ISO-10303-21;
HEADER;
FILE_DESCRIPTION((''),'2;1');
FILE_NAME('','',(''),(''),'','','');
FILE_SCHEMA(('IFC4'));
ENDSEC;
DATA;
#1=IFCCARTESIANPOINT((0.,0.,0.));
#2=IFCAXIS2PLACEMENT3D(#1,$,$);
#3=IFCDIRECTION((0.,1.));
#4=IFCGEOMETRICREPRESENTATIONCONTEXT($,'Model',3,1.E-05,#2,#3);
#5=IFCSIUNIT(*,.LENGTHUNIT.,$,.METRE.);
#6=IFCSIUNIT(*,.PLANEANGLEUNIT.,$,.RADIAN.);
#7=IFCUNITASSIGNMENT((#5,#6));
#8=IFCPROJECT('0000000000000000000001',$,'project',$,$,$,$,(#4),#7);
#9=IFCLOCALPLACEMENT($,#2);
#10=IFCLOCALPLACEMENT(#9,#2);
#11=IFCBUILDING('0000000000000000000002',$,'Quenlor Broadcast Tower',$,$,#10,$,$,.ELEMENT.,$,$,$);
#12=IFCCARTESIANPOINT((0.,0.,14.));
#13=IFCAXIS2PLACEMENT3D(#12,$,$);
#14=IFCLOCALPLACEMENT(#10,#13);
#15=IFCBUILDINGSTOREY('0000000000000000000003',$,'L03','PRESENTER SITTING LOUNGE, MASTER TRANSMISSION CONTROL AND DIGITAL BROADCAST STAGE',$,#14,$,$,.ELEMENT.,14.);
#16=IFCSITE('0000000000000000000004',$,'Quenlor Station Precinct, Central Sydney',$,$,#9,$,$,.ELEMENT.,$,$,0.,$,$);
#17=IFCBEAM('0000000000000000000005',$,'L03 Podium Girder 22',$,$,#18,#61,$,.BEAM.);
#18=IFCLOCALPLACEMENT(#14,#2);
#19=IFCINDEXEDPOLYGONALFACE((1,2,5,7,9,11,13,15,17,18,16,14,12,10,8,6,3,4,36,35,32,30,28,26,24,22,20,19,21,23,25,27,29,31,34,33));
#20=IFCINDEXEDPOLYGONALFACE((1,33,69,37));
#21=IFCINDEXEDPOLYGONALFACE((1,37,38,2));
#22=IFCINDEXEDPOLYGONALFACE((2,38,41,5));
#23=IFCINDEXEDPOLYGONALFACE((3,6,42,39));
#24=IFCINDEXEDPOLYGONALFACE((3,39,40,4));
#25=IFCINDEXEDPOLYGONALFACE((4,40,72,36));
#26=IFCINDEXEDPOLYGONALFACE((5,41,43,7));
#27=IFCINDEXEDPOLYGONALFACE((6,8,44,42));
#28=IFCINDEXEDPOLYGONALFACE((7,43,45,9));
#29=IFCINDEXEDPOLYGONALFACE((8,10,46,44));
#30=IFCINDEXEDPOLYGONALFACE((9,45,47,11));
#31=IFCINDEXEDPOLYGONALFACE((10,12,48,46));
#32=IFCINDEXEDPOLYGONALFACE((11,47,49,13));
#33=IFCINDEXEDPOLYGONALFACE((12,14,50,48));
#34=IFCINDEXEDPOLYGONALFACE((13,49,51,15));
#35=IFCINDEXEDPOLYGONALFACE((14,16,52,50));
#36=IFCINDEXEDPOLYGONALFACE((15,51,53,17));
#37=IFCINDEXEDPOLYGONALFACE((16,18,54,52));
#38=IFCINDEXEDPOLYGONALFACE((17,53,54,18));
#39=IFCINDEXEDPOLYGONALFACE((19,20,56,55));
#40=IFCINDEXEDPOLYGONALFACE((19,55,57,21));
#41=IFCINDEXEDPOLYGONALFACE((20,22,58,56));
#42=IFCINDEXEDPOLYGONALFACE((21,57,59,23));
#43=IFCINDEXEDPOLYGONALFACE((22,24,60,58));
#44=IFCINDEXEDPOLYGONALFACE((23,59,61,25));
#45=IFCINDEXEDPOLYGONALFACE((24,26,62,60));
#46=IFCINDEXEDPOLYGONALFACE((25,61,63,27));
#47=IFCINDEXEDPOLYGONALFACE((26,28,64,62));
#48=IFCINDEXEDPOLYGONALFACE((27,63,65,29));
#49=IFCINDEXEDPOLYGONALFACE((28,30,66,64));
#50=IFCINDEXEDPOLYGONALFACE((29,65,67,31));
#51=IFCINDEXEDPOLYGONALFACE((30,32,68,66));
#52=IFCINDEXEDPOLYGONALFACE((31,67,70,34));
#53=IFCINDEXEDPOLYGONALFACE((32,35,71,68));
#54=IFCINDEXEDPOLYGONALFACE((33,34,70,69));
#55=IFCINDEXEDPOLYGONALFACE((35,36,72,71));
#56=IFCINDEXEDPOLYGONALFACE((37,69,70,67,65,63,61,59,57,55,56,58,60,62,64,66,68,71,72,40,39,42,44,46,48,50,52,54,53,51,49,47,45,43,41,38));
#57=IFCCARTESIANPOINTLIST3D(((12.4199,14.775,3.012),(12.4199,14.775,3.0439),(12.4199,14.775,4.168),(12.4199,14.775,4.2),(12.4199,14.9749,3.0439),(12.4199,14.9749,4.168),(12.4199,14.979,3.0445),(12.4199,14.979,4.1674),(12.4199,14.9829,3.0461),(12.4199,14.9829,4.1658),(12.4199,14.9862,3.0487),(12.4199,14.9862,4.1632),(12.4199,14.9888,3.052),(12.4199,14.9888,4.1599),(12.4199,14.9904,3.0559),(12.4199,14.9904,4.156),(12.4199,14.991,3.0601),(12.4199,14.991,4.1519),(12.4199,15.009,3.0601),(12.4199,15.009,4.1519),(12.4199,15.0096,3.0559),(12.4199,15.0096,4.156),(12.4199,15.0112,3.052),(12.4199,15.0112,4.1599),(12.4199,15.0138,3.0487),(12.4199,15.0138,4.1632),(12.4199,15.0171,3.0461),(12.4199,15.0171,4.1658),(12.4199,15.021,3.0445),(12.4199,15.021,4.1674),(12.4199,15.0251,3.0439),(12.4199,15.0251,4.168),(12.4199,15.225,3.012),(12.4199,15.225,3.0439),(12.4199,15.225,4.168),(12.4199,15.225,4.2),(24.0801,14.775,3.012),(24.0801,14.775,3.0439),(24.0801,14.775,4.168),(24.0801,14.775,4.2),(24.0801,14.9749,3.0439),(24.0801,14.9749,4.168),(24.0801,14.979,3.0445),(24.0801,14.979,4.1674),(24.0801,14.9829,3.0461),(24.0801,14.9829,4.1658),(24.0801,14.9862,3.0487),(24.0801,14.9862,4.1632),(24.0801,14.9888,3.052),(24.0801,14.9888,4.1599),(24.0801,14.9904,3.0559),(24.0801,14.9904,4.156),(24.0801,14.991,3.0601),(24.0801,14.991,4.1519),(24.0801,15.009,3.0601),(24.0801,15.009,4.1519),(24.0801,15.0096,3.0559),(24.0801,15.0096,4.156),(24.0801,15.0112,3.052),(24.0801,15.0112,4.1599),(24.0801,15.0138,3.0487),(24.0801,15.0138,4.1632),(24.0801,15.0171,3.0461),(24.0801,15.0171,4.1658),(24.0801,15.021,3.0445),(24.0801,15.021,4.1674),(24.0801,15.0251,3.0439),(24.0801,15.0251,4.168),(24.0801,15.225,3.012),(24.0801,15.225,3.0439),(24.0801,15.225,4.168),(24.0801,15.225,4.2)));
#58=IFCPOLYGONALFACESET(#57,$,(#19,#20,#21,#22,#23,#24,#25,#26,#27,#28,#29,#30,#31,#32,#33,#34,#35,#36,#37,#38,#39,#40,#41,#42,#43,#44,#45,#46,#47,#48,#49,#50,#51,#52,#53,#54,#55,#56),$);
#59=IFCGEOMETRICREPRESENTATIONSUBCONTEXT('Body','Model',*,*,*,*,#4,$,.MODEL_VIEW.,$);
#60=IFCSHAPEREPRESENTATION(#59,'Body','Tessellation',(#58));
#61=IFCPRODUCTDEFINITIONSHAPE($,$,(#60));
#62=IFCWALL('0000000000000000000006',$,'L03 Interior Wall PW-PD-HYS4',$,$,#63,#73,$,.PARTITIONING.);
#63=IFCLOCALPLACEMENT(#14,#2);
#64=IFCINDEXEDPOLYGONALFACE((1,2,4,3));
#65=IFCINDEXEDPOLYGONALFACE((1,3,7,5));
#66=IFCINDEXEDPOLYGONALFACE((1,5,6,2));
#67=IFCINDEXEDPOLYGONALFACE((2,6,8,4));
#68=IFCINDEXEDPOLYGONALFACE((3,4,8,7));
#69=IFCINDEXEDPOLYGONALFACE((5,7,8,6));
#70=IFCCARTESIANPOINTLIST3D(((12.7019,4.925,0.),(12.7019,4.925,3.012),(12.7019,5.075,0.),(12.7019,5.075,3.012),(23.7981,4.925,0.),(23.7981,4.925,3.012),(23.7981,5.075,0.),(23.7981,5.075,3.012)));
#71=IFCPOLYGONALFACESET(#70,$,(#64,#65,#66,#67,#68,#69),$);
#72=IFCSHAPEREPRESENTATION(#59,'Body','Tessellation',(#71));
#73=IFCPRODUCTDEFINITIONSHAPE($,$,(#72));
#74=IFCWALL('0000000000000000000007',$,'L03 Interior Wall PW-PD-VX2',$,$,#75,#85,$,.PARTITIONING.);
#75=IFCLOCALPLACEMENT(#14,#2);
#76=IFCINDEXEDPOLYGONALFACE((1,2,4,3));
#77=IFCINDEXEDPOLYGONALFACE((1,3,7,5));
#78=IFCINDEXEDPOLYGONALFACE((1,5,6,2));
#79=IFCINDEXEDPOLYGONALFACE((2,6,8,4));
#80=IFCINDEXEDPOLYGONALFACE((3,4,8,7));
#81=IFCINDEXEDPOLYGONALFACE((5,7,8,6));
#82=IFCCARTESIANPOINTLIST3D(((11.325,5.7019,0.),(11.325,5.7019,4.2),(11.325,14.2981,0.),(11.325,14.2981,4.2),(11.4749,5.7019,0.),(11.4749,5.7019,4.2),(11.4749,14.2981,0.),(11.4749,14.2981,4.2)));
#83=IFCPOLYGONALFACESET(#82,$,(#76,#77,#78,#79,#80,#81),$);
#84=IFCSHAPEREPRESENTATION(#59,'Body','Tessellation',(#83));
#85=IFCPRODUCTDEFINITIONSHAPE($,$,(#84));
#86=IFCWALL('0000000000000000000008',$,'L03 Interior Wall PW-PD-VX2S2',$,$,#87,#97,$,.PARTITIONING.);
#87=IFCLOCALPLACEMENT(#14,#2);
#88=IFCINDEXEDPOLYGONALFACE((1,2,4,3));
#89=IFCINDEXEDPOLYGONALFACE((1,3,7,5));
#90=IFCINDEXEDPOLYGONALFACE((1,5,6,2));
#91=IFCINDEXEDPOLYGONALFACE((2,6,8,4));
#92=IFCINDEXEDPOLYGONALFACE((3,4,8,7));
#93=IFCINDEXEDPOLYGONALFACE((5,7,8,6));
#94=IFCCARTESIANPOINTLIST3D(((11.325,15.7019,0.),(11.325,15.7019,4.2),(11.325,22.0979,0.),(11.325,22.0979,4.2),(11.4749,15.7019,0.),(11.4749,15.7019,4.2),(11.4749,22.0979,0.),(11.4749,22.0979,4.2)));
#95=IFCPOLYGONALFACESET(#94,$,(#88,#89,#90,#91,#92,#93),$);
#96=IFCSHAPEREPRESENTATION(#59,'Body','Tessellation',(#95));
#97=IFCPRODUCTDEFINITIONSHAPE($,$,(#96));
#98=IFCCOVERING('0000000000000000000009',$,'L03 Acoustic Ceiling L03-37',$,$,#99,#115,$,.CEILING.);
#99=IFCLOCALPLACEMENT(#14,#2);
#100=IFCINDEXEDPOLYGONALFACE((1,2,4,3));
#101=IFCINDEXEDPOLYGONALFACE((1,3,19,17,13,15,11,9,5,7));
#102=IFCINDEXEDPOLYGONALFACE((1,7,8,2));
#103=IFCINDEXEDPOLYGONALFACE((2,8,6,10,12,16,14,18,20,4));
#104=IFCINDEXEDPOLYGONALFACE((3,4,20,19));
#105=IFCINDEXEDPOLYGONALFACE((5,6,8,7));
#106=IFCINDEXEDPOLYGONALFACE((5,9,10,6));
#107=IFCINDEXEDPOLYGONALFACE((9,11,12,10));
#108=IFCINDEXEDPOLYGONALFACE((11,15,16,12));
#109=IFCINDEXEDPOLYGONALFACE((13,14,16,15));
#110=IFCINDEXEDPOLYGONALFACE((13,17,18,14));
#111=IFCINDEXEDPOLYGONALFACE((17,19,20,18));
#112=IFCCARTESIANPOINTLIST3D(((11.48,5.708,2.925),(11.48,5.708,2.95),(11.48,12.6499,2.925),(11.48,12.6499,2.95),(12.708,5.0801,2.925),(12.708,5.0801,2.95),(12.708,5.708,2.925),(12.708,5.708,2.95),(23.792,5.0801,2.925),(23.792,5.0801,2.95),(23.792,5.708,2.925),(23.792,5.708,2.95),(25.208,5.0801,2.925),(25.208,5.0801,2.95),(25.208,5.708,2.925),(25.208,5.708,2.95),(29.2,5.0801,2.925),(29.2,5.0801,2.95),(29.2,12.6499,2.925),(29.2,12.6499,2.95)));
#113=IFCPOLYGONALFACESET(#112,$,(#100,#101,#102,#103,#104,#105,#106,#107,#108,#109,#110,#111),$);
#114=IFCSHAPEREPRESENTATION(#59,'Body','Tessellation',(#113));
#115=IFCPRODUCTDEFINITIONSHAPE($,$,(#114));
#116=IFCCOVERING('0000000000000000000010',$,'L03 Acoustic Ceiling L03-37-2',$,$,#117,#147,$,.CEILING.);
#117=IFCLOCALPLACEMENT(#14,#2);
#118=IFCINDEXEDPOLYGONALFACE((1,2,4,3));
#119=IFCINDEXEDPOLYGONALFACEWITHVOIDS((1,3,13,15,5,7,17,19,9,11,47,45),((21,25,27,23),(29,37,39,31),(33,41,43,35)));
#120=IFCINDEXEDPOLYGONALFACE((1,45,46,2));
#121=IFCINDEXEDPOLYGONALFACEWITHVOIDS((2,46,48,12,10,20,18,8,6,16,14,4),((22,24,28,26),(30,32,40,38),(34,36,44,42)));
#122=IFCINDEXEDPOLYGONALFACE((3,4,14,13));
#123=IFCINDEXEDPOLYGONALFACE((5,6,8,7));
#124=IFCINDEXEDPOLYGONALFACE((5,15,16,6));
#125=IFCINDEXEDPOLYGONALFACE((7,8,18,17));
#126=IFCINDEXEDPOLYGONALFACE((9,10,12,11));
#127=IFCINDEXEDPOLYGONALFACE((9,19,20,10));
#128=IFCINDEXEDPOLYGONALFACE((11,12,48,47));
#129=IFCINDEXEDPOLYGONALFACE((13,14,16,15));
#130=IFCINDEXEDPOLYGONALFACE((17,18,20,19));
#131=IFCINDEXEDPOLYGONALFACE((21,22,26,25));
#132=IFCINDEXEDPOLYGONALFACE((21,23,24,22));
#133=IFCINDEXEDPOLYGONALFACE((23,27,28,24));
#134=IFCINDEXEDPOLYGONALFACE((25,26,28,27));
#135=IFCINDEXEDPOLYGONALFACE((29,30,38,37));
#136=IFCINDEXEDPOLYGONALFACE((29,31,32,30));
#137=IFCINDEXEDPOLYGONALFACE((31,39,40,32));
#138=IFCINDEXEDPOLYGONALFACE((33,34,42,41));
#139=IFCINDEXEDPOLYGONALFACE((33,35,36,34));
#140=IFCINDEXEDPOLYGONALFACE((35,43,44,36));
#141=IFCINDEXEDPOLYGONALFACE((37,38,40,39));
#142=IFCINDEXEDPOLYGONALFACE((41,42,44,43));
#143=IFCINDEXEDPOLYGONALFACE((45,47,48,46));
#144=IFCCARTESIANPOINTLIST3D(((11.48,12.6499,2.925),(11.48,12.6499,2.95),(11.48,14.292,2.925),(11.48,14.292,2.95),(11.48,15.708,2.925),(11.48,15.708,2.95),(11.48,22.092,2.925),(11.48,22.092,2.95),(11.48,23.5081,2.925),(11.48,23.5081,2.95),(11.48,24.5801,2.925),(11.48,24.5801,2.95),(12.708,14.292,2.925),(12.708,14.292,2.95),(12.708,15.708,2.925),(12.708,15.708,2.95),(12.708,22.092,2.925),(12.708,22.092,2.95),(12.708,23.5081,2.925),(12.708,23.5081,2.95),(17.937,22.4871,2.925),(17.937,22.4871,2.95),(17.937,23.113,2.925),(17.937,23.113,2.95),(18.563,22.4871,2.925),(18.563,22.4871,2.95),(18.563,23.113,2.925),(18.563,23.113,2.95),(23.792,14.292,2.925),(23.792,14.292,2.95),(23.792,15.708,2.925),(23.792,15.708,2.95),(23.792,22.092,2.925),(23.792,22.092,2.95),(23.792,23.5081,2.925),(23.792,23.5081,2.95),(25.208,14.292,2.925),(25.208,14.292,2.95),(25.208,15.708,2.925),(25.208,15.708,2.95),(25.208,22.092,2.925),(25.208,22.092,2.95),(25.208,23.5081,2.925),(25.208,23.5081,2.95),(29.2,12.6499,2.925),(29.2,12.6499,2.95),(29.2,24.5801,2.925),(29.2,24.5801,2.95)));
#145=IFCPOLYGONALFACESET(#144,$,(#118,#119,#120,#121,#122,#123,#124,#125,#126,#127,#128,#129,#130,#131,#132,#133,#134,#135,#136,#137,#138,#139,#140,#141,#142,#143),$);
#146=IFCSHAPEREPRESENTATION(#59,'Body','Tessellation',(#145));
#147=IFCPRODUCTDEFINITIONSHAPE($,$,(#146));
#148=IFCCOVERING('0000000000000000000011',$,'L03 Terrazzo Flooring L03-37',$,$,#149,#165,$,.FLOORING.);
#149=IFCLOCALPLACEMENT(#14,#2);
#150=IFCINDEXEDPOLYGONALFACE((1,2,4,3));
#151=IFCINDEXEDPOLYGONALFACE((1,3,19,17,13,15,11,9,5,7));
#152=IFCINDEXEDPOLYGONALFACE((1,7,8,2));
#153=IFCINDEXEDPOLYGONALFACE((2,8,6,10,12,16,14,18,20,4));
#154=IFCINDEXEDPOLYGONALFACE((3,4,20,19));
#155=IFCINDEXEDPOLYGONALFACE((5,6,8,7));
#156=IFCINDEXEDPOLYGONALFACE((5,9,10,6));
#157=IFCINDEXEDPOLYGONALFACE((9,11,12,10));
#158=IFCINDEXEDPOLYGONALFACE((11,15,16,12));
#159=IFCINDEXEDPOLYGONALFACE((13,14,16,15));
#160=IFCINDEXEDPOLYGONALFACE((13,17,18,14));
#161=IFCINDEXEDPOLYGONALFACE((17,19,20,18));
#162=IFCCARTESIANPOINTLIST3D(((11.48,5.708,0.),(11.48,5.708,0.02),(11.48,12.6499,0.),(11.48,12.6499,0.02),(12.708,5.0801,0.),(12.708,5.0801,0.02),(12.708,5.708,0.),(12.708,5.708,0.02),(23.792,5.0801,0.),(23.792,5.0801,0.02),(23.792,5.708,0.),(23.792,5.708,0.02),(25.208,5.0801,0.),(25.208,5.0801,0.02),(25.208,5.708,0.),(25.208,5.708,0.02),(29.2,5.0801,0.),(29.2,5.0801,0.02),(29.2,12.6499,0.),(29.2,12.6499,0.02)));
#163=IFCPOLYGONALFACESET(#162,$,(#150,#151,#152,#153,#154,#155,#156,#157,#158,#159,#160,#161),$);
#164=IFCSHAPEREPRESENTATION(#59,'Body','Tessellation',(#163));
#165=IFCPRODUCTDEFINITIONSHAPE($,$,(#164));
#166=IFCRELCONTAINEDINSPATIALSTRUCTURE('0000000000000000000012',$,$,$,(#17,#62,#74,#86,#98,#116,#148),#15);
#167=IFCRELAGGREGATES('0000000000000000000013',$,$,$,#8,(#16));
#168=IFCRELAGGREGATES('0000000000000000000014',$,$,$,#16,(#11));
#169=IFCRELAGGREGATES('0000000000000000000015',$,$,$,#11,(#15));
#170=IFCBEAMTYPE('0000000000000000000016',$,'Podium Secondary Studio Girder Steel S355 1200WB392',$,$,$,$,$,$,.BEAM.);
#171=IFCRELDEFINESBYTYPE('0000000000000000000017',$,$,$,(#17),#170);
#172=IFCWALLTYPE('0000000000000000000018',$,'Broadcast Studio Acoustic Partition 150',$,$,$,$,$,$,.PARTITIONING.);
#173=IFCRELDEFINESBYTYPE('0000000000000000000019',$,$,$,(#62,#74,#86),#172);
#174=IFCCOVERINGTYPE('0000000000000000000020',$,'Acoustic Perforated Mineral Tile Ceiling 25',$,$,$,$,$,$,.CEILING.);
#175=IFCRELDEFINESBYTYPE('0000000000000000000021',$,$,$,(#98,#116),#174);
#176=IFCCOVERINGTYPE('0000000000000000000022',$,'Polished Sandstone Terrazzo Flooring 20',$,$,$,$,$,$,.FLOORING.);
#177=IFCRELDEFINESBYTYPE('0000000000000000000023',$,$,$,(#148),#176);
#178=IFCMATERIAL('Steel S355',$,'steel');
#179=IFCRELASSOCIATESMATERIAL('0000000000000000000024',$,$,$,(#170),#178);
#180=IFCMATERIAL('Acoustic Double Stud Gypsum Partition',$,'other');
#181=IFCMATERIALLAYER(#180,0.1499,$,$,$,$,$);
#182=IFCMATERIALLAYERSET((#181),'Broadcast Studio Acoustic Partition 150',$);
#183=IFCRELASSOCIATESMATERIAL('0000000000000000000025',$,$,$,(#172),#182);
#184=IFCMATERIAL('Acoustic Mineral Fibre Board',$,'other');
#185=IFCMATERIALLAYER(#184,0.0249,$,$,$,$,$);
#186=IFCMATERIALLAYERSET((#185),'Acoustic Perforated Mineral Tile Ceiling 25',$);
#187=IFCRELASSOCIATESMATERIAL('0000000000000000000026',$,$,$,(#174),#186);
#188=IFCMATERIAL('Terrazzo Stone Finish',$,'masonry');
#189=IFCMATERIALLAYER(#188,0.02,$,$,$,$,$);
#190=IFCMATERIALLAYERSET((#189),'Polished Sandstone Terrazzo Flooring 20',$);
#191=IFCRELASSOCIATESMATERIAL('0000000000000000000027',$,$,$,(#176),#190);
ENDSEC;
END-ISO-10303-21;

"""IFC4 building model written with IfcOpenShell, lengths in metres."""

from ifc_helpers import new_model, si_unit, direction, frame, frame_2d, origin, origin_2d, place, context, subcontext, project, spatial, polyline, rectangle, i_section, outline, extrude, material, layer, layer_set, material_profile, profile_set, type_object, element, save


model = new_model("IFC4")

# Units and contexts
model_context = context("Model", 3, precision=1e-05, world=origin(), true_north=direction((0.0, 1.0)))
body_context = subcontext(model_context, "Body", "Model", "MODEL_VIEW")
ifc_project = project(units=[si_unit("LENGTHUNIT", "METRE"), si_unit("PLANEANGLEUNIT", "RADIAN")], contexts=[model_context])

# Site, building, storey
site_placement = place(None, origin())
site = spatial("IfcSite", under=ifc_project, at=site_placement, Name="Quenlor Station Precinct, Central Sydney", CompositionType="ELEMENT", RefElevation=0.0)
building_placement = place(site_placement, origin())
building = spatial("IfcBuilding", under=site, at=building_placement, Name="Quenlor Broadcast Tower", CompositionType="ELEMENT")
storey_placement = place(building_placement, frame((0.0, 0.0, 14.0)))
storey = spatial("IfcBuildingStorey", under=building, at=storey_placement, Name="L03", Description="PRESENTER SITTING LOUNGE, MASTER TRANSMISSION CONTROL AND DIGITAL BROADCAST STAGE", CompositionType="ELEMENT", Elevation=14.0)

# Beam
ifc_material_1 = material(Name="Steel S355", Category="steel")
ifc_material_profile_1 = material_profile(ifc_material_1, i_section(OverallWidth=0.45, OverallDepth=1.188, WebThickness=0.0181, FlangeThickness=0.032, FilletRadius=0.0161, at=origin_2d()))
ifc_profile_set_1 = profile_set([ifc_material_profile_1], Name="Steel S355 1200WB392")
beam_type_1 = type_object("IfcBeamType", Name="Podium Secondary Studio Girder Steel S355 1200WB392", PredefinedType="BEAM", material=ifc_profile_set_1)
for number, where, z_axis, x_axis, name in (
    (1, (12.4199, 15.0, 3.606), (1.0, 0.0, 0.0), (0.0, 1.0, 0.0), "L03 Podium Girder 22"),
):
    element("IfcBeam", number, at=place(storey_placement, frame(where, z_axis=z_axis, x_axis=x_axis)), inside=storey, type_object=beam_type_1, Name=name, PredefinedType="BEAM", context=body_context, shape_type="SweptSolid", body=[
        extrude(i_section(OverallWidth=0.45, OverallDepth=1.188, WebThickness=0.0181, FlangeThickness=0.032, FilletRadius=0.0161, at=origin_2d()), origin(), (0.0, 0.0, 1.0), 11.6602),
    ])

# Walls
ifc_material_2 = material(Name="Acoustic Double Stud Gypsum Partition", Category="other")
ifc_layer_1 = layer(ifc_material_2, 0.1499)
ifc_layer_set_1 = layer_set([ifc_layer_1], Name="Broadcast Studio Acoustic Partition 150")
wall_type = type_object("IfcWallType", Name="Broadcast Studio Acoustic Partition 150", PredefinedType="PARTITIONING", material=ifc_layer_set_1)
wall_1_placement = place(storey_placement, frame((12.7019, 5.0, 0.0), z_axis=(0.0, 0.0, 1.0), x_axis=(1.0, 0.0, 0.0)))
element("IfcWall", 2, at=wall_1_placement, inside=storey, type_object=wall_type, Name="L03 Interior Wall PW-PD-HYS4", PredefinedType="PARTITIONING", context=body_context, shape_type="SweptSolid", body=[
    extrude(rectangle(XDim=11.0962, YDim=0.1499, at=frame_2d((5.5481, 0.0))), origin(), (0.0, 0.0, 1.0), 3.012),
])
wall_2_placement = place(storey_placement, frame((11.3999, 5.7019, 0.0), z_axis=(0.0, 0.0, 1.0), x_axis=(0.0, 1.0, 0.0)))
element("IfcWall", 3, at=wall_2_placement, inside=storey, type_object=wall_type, Name="L03 Interior Wall PW-PD-VX2", PredefinedType="PARTITIONING", context=body_context, shape_type="SweptSolid", body=[
    extrude(rectangle(XDim=8.5962, YDim=0.1499, at=frame_2d((4.2981, 0.0))), origin(), (0.0, 0.0, 1.0), 4.2),
])
wall_3_placement = place(storey_placement, frame((11.3999, 15.7019, 0.0), z_axis=(0.0, 0.0, 1.0), x_axis=(0.0, 1.0, 0.0)))
element("IfcWall", 4, at=wall_3_placement, inside=storey, type_object=wall_type, Name="L03 Interior Wall PW-PD-VX2S2", PredefinedType="PARTITIONING", context=body_context, shape_type="SweptSolid", body=[
    extrude(rectangle(XDim=6.396, YDim=0.1499, at=frame_2d((3.198, 0.0))), origin(), (0.0, 0.0, 1.0), 4.2),
])

# Coverings
ifc_material_3 = material(Name="Acoustic Mineral Fibre Board", Category="other")
ifc_layer_2 = layer(ifc_material_3, 0.0249)
ifc_layer_set_2 = layer_set([ifc_layer_2], Name="Acoustic Perforated Mineral Tile Ceiling 25")
covering_type_1 = type_object("IfcCoveringType", Name="Acoustic Perforated Mineral Tile Ceiling 25", PredefinedType="CEILING", material=ifc_layer_set_2)
covering_1_placement = place(storey_placement, frame((0.0, 0.0, 2.925)))
element("IfcCovering", 5, at=covering_1_placement, inside=storey, type_object=covering_type_1, Name="L03 Acoustic Ceiling L03-37", PredefinedType="CEILING", context=body_context, shape_type="SweptSolid", body=[
    extrude(outline(polyline([(23.792, 5.708), (23.792, 5.0801), (12.708, 5.0801), (12.708, 5.708), (11.48, 5.708), (11.48, 12.6499), (29.2, 12.6499), (29.2, 5.0801), (25.208, 5.0801), (25.208, 5.708), (23.792, 5.708)])), origin(), (0.0, 0.0, 1.0), 0.0249),
])
covering_2_placement = place(storey_placement, frame((0.0, 0.0, 2.925)))
element("IfcCovering", 6, at=covering_2_placement, inside=storey, type_object=covering_type_1, Name="L03 Acoustic Ceiling L03-37-2", PredefinedType="CEILING", context=body_context, shape_type="SweptSolid", body=[
    extrude(outline(polyline([(11.48, 14.292), (12.708, 14.292), (12.708, 15.708), (11.48, 15.708), (11.48, 22.092), (12.708, 22.092), (12.708, 23.5081), (11.48, 23.5081), (11.48, 24.5801), (29.2, 24.5801), (29.2, 12.6499), (11.48, 12.6499), (11.48, 14.292)]), holes=[polyline([(25.208, 14.292), (25.208, 15.708), (23.792, 15.708), (23.792, 14.292), (25.208, 14.292)]), polyline([(25.208, 22.092), (25.208, 23.5081), (23.792, 23.5081), (23.792, 22.092), (25.208, 22.092)]), polyline([(18.563, 22.4871), (18.563, 23.113), (17.937, 23.113), (17.937, 22.4871), (18.563, 22.4871)])]), origin(), (0.0, 0.0, 1.0), 0.0249),
])
ifc_material_4 = material(Name="Terrazzo Stone Finish", Category="masonry")
ifc_layer_3 = layer(ifc_material_4, 0.02)
ifc_layer_set_3 = layer_set([ifc_layer_3], Name="Polished Sandstone Terrazzo Flooring 20")
covering_type_2 = type_object("IfcCoveringType", Name="Polished Sandstone Terrazzo Flooring 20", PredefinedType="FLOORING", material=ifc_layer_set_3)
covering_3_placement = place(storey_placement, origin())
element("IfcCovering", 7, at=covering_3_placement, inside=storey, type_object=covering_type_2, Name="L03 Terrazzo Flooring L03-37", PredefinedType="FLOORING", context=body_context, shape_type="SweptSolid", body=[
    extrude(outline(polyline([(23.792, 5.708), (23.792, 5.0801), (12.708, 5.0801), (12.708, 5.708), (11.48, 5.708), (11.48, 12.6499), (29.2, 12.6499), (29.2, 5.0801), (25.208, 5.0801), (25.208, 5.708), (23.792, 5.708)])), origin(), (0.0, 0.0, 1.0), 0.02),
])

save(model, "model.ifc")
